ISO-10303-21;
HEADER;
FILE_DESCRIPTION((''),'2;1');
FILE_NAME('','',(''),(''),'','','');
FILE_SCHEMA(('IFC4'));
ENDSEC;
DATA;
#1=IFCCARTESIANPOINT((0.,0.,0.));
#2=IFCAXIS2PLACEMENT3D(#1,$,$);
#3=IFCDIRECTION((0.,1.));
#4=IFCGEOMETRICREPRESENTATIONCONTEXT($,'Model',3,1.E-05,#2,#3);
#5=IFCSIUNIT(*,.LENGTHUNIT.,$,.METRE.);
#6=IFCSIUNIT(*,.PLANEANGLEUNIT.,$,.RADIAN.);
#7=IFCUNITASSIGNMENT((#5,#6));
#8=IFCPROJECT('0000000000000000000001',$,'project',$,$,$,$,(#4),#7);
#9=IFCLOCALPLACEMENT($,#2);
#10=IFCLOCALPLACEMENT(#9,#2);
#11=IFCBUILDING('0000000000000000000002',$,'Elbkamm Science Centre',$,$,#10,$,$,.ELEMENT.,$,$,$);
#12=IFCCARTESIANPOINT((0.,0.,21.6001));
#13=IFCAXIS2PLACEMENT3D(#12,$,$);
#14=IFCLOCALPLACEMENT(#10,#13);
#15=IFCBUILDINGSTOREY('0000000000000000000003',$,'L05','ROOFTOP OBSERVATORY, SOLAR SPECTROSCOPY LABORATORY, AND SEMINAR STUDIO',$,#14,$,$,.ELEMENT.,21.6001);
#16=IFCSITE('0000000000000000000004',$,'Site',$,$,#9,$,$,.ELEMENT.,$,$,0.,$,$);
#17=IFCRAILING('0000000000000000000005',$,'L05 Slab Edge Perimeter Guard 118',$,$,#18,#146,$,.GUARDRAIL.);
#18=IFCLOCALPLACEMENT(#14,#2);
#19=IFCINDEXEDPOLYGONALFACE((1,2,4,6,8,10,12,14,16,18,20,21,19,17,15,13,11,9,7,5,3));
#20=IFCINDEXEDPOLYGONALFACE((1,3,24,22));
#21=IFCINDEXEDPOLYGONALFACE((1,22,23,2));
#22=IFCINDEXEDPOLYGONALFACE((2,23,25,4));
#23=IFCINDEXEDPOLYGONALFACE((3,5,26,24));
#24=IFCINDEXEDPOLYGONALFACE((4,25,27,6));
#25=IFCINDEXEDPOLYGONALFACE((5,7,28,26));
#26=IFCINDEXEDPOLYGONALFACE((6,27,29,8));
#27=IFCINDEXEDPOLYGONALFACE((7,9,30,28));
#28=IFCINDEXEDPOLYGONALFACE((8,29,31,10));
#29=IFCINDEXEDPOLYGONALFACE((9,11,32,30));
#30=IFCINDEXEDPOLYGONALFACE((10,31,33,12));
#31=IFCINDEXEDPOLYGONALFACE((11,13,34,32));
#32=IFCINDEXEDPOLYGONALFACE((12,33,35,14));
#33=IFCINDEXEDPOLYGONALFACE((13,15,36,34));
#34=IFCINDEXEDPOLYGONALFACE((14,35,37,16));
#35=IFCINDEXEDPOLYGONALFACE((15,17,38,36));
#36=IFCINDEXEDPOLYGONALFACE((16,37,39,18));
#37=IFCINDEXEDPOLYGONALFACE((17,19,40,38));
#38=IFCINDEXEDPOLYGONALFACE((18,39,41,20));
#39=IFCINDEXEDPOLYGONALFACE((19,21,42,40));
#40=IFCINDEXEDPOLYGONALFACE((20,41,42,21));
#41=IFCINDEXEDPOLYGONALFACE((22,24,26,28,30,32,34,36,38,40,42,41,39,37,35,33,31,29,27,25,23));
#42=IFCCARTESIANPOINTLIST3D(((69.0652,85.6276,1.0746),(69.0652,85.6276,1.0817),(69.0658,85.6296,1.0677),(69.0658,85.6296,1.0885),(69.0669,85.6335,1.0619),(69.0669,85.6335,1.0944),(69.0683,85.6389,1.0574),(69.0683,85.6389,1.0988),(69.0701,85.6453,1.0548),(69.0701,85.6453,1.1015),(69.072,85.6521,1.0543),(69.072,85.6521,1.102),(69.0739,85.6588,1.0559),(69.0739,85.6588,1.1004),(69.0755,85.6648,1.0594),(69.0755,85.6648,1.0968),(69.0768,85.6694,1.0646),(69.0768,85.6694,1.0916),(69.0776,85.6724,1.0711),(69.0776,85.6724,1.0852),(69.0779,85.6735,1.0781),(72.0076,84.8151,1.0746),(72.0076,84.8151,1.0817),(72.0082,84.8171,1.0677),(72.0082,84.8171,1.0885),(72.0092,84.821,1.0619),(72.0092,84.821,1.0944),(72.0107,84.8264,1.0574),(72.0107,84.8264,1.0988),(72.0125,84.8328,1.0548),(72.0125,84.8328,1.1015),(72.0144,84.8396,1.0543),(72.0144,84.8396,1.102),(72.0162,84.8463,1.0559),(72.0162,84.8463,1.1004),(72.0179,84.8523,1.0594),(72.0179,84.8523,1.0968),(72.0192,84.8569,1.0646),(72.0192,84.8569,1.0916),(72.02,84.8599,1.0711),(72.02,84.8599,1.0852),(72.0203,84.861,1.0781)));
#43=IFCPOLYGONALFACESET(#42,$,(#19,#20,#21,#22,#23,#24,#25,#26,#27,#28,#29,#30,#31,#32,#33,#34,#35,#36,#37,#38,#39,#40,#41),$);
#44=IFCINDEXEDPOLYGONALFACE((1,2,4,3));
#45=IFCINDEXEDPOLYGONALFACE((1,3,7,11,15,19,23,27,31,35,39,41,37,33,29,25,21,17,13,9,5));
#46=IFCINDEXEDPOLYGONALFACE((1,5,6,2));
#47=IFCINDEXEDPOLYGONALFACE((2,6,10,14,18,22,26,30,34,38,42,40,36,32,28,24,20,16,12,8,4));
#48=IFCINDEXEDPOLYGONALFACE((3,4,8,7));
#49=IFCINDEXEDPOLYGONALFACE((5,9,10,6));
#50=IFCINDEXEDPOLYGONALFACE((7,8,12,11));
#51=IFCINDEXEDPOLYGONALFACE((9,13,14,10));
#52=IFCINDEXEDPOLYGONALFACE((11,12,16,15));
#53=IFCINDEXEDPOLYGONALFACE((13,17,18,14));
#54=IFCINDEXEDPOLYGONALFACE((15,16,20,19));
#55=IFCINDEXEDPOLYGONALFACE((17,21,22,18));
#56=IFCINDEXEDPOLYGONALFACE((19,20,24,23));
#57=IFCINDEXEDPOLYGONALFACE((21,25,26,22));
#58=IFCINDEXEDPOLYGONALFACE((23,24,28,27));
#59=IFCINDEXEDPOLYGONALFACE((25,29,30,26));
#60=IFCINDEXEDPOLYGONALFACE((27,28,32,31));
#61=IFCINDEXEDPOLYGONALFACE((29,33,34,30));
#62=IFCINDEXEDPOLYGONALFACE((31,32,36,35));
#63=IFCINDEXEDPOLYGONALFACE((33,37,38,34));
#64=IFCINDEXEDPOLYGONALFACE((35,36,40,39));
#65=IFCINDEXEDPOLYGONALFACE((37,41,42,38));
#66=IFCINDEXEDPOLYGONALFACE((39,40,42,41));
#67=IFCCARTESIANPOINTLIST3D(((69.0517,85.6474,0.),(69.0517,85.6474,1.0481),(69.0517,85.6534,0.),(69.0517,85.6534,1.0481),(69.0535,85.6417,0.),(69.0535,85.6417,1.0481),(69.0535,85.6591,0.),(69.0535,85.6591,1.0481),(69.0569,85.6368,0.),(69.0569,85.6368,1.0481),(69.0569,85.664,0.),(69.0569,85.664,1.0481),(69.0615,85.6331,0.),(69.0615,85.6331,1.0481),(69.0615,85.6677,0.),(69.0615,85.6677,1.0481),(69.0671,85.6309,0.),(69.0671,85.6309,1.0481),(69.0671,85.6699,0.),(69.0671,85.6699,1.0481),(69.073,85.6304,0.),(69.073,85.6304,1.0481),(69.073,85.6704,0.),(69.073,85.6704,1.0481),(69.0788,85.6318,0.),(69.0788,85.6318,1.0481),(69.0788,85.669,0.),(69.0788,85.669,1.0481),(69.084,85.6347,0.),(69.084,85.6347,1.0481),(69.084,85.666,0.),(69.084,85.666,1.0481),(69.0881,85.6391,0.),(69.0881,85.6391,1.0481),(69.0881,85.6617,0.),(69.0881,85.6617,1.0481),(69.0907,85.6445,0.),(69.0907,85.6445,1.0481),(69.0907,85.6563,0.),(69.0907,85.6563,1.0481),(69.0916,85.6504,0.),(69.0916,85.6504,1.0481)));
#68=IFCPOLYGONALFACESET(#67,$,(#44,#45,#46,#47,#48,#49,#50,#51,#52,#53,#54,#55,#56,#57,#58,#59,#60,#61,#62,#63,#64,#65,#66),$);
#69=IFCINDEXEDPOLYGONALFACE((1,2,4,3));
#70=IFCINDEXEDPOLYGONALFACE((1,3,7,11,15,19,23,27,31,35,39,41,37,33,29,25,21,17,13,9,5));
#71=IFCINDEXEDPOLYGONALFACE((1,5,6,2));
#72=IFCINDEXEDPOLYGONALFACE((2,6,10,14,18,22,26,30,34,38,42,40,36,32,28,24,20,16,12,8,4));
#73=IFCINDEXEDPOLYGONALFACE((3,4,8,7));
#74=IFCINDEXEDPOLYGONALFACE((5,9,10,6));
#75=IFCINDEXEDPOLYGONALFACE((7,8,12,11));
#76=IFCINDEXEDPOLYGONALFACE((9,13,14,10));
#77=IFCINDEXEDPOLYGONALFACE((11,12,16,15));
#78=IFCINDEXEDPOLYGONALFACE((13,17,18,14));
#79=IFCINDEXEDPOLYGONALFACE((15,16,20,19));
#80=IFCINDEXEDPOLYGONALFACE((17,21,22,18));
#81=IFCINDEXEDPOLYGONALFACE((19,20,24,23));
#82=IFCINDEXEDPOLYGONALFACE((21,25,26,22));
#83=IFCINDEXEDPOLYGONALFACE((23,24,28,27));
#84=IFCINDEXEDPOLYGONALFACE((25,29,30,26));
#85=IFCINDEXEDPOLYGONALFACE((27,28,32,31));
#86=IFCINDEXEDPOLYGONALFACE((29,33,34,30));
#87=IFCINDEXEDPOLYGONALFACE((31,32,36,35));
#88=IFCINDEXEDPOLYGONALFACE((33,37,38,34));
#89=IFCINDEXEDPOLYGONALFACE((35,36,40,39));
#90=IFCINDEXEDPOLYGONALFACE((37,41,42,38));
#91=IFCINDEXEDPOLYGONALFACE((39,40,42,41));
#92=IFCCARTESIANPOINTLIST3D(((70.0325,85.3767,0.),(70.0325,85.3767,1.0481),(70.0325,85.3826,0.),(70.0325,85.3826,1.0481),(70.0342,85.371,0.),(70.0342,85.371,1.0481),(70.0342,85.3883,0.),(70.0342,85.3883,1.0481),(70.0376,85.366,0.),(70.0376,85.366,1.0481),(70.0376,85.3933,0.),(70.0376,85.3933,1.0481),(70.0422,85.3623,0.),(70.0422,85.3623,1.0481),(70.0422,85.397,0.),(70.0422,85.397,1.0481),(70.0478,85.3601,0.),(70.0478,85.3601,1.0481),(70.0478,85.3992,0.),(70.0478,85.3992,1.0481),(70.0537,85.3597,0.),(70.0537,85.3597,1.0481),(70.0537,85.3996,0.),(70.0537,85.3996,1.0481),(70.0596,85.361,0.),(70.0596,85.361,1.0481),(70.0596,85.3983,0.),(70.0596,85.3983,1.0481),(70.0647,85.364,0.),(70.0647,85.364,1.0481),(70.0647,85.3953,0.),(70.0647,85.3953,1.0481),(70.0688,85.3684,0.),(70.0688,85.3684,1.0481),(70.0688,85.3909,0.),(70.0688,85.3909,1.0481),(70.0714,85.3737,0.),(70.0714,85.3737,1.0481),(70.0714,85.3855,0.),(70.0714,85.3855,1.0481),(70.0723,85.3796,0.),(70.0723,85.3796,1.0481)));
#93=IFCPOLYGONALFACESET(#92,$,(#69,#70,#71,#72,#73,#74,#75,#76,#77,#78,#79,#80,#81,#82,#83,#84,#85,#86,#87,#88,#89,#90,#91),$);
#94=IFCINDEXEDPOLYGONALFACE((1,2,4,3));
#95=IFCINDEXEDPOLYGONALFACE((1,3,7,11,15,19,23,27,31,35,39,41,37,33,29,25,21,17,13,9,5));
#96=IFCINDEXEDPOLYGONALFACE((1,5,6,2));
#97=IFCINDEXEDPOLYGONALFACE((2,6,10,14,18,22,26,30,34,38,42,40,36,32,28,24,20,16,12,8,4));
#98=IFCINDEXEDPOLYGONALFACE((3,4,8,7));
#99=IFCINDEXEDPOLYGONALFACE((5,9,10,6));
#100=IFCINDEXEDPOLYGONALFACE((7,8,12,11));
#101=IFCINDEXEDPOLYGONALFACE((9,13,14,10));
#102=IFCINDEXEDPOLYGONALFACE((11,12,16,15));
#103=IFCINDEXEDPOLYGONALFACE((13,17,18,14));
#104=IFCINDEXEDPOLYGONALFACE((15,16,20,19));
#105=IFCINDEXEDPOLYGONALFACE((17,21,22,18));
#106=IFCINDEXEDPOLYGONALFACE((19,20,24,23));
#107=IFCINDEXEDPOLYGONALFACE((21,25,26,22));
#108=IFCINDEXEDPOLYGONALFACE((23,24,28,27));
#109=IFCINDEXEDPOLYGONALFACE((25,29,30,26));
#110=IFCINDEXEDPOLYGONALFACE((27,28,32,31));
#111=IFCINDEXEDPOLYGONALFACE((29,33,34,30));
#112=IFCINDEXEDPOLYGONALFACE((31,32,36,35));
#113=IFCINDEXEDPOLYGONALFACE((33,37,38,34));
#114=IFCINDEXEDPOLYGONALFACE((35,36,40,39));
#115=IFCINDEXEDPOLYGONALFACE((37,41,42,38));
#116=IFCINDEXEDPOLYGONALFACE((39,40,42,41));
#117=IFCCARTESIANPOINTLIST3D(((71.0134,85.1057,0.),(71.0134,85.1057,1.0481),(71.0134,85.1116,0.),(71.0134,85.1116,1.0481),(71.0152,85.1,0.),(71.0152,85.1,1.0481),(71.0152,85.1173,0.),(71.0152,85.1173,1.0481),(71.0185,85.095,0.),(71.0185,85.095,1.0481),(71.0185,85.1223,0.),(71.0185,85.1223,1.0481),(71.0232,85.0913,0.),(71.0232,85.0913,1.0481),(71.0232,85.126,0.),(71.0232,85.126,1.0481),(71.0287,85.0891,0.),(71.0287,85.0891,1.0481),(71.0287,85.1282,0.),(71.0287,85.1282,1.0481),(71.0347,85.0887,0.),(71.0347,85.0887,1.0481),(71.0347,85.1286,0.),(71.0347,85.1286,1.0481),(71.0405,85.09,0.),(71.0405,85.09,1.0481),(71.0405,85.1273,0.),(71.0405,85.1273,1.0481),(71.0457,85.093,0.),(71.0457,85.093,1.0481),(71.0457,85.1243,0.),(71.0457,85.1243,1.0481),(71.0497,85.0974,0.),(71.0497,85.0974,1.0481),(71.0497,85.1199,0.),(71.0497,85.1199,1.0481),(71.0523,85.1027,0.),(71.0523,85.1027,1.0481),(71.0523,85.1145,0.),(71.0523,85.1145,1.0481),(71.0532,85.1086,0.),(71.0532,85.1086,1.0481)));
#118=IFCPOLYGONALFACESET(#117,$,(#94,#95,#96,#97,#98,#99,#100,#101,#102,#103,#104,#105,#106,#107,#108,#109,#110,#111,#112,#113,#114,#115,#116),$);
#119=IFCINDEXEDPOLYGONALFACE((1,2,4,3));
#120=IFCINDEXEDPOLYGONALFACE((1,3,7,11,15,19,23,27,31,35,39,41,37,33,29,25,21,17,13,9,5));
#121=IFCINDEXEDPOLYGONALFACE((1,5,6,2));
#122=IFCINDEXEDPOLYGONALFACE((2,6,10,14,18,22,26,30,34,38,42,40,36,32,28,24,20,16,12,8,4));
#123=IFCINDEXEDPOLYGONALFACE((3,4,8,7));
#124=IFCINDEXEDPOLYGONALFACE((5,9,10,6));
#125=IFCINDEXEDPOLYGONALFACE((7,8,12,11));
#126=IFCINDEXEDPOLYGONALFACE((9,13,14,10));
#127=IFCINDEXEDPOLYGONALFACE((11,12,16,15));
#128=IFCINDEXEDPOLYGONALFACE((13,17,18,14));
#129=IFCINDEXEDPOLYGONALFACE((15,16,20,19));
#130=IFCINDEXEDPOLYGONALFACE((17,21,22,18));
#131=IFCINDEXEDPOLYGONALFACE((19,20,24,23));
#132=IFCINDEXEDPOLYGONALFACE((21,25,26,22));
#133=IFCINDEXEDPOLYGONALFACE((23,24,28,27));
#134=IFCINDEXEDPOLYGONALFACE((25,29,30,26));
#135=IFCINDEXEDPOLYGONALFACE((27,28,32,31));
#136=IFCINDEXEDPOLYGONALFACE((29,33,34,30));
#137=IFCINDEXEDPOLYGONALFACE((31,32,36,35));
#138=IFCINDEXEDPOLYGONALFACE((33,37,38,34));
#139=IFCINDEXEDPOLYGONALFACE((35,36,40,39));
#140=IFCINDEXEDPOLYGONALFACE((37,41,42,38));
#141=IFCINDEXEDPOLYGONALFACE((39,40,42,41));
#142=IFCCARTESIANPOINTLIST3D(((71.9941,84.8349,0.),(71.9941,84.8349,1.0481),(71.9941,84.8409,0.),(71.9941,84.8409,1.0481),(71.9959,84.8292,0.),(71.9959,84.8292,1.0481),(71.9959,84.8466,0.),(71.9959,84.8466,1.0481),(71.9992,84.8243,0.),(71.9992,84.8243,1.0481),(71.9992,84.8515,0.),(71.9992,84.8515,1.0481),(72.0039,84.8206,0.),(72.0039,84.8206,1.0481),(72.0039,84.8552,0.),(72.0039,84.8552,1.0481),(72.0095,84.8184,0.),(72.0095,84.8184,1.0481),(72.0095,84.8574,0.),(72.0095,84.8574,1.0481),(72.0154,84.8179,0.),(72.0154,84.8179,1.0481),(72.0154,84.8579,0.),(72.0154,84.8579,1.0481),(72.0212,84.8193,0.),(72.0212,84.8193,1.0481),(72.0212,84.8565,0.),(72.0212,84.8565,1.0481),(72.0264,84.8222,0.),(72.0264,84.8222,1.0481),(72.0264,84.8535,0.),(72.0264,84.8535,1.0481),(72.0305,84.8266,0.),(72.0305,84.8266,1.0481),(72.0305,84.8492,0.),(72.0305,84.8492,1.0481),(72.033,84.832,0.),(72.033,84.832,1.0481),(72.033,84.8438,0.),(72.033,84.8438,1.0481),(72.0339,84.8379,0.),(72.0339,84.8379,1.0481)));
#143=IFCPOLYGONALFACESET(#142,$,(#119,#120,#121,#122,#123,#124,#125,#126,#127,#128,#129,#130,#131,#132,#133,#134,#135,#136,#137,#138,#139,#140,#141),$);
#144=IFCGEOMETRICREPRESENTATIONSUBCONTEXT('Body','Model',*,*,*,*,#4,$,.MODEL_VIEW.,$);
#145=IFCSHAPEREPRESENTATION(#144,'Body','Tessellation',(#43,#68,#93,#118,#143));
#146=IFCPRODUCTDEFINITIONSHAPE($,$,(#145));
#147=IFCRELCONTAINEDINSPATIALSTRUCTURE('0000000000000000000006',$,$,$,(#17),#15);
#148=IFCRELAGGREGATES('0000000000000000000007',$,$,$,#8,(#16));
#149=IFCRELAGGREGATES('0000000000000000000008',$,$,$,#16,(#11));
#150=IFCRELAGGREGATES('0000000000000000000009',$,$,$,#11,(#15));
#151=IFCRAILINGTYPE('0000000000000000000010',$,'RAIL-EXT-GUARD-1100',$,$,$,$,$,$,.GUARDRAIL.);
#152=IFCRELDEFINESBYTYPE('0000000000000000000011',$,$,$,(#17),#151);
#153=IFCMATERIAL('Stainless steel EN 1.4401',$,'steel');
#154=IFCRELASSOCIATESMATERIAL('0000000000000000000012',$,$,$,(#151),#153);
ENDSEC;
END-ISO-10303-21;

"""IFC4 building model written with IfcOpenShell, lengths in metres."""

from ifc_helpers import new_model, si_unit, direction, frame, origin, origin_2d, place, context, subcontext, project, spatial, circle, extrude, material, type_object, element, save


model = new_model("IFC4")

# Units and contexts
model_context = context("Model", 3, precision=1e-05, world=origin(), true_north=direction((0.0, 1.0)))
body_context = subcontext(model_context, "Body", "Model", "MODEL_VIEW")
ifc_project = project(units=[si_unit("LENGTHUNIT", "METRE"), si_unit("PLANEANGLEUNIT", "RADIAN")], contexts=[model_context])

# Site, building, storey
site_placement = place(None, origin())
site = spatial("IfcSite", under=ifc_project, at=site_placement, Name="Site", CompositionType="ELEMENT", RefElevation=0.0)
building_placement = place(site_placement, origin())
building = spatial("IfcBuilding", under=site, at=building_placement, Name="Elbkamm Science Centre", CompositionType="ELEMENT")
storey_placement = place(building_placement, frame((0.0, 0.0, 21.6001)))
storey = spatial("IfcBuildingStorey", under=building, at=storey_placement, Name="L05", Description="ROOFTOP OBSERVATORY, SOLAR SPECTROSCOPY LABORATORY, AND SEMINAR STUDIO", CompositionType="ELEMENT", Elevation=21.6001)

# Railing
ifc_material_1 = material(Name="Stainless steel EN 1.4401", Category="steel")
railing_type = type_object("IfcRailingType", Name="RAIL-EXT-GUARD-1100", PredefinedType="GUARDRAIL", material=ifc_material_1)
railing_1_placement = place(storey_placement, frame((69.0715, 85.6504, 0.0)))
element("IfcRailing", 1, at=railing_1_placement, inside=storey, type_object=railing_type, Name="L05 Slab Edge Perimeter Guard 118", PredefinedType="GUARDRAIL", context=body_context, shape_type="SweptSolid", body=[
    extrude(circle(Radius=0.0239, at=origin_2d()), frame((0.0, 0.0, 1.0781), z_axis=(0.963925, -0.266175, 0.0), x_axis=(0.266175, 0.963925, 0.0)), (0.0, 0.0, 1.0), 3.0525),
    extrude(circle(Radius=0.02, at=origin_2d()), origin(), (0.0, 0.0, 1.0), 1.0481),
    extrude(circle(Radius=0.02, at=origin_2d()), frame((0.9807, -0.2708, 0.0)), (0.0, 0.0, 1.0), 1.0481),
    extrude(circle(Radius=0.02, at=origin_2d()), frame((1.9617, -0.5417, 0.0)), (0.0, 0.0, 1.0), 1.0481),
    extrude(circle(Radius=0.02, at=origin_2d()), frame((2.9424, -0.8125, 0.0)), (0.0, 0.0, 1.0), 1.0481),
])

save(model, "model.ifc")
